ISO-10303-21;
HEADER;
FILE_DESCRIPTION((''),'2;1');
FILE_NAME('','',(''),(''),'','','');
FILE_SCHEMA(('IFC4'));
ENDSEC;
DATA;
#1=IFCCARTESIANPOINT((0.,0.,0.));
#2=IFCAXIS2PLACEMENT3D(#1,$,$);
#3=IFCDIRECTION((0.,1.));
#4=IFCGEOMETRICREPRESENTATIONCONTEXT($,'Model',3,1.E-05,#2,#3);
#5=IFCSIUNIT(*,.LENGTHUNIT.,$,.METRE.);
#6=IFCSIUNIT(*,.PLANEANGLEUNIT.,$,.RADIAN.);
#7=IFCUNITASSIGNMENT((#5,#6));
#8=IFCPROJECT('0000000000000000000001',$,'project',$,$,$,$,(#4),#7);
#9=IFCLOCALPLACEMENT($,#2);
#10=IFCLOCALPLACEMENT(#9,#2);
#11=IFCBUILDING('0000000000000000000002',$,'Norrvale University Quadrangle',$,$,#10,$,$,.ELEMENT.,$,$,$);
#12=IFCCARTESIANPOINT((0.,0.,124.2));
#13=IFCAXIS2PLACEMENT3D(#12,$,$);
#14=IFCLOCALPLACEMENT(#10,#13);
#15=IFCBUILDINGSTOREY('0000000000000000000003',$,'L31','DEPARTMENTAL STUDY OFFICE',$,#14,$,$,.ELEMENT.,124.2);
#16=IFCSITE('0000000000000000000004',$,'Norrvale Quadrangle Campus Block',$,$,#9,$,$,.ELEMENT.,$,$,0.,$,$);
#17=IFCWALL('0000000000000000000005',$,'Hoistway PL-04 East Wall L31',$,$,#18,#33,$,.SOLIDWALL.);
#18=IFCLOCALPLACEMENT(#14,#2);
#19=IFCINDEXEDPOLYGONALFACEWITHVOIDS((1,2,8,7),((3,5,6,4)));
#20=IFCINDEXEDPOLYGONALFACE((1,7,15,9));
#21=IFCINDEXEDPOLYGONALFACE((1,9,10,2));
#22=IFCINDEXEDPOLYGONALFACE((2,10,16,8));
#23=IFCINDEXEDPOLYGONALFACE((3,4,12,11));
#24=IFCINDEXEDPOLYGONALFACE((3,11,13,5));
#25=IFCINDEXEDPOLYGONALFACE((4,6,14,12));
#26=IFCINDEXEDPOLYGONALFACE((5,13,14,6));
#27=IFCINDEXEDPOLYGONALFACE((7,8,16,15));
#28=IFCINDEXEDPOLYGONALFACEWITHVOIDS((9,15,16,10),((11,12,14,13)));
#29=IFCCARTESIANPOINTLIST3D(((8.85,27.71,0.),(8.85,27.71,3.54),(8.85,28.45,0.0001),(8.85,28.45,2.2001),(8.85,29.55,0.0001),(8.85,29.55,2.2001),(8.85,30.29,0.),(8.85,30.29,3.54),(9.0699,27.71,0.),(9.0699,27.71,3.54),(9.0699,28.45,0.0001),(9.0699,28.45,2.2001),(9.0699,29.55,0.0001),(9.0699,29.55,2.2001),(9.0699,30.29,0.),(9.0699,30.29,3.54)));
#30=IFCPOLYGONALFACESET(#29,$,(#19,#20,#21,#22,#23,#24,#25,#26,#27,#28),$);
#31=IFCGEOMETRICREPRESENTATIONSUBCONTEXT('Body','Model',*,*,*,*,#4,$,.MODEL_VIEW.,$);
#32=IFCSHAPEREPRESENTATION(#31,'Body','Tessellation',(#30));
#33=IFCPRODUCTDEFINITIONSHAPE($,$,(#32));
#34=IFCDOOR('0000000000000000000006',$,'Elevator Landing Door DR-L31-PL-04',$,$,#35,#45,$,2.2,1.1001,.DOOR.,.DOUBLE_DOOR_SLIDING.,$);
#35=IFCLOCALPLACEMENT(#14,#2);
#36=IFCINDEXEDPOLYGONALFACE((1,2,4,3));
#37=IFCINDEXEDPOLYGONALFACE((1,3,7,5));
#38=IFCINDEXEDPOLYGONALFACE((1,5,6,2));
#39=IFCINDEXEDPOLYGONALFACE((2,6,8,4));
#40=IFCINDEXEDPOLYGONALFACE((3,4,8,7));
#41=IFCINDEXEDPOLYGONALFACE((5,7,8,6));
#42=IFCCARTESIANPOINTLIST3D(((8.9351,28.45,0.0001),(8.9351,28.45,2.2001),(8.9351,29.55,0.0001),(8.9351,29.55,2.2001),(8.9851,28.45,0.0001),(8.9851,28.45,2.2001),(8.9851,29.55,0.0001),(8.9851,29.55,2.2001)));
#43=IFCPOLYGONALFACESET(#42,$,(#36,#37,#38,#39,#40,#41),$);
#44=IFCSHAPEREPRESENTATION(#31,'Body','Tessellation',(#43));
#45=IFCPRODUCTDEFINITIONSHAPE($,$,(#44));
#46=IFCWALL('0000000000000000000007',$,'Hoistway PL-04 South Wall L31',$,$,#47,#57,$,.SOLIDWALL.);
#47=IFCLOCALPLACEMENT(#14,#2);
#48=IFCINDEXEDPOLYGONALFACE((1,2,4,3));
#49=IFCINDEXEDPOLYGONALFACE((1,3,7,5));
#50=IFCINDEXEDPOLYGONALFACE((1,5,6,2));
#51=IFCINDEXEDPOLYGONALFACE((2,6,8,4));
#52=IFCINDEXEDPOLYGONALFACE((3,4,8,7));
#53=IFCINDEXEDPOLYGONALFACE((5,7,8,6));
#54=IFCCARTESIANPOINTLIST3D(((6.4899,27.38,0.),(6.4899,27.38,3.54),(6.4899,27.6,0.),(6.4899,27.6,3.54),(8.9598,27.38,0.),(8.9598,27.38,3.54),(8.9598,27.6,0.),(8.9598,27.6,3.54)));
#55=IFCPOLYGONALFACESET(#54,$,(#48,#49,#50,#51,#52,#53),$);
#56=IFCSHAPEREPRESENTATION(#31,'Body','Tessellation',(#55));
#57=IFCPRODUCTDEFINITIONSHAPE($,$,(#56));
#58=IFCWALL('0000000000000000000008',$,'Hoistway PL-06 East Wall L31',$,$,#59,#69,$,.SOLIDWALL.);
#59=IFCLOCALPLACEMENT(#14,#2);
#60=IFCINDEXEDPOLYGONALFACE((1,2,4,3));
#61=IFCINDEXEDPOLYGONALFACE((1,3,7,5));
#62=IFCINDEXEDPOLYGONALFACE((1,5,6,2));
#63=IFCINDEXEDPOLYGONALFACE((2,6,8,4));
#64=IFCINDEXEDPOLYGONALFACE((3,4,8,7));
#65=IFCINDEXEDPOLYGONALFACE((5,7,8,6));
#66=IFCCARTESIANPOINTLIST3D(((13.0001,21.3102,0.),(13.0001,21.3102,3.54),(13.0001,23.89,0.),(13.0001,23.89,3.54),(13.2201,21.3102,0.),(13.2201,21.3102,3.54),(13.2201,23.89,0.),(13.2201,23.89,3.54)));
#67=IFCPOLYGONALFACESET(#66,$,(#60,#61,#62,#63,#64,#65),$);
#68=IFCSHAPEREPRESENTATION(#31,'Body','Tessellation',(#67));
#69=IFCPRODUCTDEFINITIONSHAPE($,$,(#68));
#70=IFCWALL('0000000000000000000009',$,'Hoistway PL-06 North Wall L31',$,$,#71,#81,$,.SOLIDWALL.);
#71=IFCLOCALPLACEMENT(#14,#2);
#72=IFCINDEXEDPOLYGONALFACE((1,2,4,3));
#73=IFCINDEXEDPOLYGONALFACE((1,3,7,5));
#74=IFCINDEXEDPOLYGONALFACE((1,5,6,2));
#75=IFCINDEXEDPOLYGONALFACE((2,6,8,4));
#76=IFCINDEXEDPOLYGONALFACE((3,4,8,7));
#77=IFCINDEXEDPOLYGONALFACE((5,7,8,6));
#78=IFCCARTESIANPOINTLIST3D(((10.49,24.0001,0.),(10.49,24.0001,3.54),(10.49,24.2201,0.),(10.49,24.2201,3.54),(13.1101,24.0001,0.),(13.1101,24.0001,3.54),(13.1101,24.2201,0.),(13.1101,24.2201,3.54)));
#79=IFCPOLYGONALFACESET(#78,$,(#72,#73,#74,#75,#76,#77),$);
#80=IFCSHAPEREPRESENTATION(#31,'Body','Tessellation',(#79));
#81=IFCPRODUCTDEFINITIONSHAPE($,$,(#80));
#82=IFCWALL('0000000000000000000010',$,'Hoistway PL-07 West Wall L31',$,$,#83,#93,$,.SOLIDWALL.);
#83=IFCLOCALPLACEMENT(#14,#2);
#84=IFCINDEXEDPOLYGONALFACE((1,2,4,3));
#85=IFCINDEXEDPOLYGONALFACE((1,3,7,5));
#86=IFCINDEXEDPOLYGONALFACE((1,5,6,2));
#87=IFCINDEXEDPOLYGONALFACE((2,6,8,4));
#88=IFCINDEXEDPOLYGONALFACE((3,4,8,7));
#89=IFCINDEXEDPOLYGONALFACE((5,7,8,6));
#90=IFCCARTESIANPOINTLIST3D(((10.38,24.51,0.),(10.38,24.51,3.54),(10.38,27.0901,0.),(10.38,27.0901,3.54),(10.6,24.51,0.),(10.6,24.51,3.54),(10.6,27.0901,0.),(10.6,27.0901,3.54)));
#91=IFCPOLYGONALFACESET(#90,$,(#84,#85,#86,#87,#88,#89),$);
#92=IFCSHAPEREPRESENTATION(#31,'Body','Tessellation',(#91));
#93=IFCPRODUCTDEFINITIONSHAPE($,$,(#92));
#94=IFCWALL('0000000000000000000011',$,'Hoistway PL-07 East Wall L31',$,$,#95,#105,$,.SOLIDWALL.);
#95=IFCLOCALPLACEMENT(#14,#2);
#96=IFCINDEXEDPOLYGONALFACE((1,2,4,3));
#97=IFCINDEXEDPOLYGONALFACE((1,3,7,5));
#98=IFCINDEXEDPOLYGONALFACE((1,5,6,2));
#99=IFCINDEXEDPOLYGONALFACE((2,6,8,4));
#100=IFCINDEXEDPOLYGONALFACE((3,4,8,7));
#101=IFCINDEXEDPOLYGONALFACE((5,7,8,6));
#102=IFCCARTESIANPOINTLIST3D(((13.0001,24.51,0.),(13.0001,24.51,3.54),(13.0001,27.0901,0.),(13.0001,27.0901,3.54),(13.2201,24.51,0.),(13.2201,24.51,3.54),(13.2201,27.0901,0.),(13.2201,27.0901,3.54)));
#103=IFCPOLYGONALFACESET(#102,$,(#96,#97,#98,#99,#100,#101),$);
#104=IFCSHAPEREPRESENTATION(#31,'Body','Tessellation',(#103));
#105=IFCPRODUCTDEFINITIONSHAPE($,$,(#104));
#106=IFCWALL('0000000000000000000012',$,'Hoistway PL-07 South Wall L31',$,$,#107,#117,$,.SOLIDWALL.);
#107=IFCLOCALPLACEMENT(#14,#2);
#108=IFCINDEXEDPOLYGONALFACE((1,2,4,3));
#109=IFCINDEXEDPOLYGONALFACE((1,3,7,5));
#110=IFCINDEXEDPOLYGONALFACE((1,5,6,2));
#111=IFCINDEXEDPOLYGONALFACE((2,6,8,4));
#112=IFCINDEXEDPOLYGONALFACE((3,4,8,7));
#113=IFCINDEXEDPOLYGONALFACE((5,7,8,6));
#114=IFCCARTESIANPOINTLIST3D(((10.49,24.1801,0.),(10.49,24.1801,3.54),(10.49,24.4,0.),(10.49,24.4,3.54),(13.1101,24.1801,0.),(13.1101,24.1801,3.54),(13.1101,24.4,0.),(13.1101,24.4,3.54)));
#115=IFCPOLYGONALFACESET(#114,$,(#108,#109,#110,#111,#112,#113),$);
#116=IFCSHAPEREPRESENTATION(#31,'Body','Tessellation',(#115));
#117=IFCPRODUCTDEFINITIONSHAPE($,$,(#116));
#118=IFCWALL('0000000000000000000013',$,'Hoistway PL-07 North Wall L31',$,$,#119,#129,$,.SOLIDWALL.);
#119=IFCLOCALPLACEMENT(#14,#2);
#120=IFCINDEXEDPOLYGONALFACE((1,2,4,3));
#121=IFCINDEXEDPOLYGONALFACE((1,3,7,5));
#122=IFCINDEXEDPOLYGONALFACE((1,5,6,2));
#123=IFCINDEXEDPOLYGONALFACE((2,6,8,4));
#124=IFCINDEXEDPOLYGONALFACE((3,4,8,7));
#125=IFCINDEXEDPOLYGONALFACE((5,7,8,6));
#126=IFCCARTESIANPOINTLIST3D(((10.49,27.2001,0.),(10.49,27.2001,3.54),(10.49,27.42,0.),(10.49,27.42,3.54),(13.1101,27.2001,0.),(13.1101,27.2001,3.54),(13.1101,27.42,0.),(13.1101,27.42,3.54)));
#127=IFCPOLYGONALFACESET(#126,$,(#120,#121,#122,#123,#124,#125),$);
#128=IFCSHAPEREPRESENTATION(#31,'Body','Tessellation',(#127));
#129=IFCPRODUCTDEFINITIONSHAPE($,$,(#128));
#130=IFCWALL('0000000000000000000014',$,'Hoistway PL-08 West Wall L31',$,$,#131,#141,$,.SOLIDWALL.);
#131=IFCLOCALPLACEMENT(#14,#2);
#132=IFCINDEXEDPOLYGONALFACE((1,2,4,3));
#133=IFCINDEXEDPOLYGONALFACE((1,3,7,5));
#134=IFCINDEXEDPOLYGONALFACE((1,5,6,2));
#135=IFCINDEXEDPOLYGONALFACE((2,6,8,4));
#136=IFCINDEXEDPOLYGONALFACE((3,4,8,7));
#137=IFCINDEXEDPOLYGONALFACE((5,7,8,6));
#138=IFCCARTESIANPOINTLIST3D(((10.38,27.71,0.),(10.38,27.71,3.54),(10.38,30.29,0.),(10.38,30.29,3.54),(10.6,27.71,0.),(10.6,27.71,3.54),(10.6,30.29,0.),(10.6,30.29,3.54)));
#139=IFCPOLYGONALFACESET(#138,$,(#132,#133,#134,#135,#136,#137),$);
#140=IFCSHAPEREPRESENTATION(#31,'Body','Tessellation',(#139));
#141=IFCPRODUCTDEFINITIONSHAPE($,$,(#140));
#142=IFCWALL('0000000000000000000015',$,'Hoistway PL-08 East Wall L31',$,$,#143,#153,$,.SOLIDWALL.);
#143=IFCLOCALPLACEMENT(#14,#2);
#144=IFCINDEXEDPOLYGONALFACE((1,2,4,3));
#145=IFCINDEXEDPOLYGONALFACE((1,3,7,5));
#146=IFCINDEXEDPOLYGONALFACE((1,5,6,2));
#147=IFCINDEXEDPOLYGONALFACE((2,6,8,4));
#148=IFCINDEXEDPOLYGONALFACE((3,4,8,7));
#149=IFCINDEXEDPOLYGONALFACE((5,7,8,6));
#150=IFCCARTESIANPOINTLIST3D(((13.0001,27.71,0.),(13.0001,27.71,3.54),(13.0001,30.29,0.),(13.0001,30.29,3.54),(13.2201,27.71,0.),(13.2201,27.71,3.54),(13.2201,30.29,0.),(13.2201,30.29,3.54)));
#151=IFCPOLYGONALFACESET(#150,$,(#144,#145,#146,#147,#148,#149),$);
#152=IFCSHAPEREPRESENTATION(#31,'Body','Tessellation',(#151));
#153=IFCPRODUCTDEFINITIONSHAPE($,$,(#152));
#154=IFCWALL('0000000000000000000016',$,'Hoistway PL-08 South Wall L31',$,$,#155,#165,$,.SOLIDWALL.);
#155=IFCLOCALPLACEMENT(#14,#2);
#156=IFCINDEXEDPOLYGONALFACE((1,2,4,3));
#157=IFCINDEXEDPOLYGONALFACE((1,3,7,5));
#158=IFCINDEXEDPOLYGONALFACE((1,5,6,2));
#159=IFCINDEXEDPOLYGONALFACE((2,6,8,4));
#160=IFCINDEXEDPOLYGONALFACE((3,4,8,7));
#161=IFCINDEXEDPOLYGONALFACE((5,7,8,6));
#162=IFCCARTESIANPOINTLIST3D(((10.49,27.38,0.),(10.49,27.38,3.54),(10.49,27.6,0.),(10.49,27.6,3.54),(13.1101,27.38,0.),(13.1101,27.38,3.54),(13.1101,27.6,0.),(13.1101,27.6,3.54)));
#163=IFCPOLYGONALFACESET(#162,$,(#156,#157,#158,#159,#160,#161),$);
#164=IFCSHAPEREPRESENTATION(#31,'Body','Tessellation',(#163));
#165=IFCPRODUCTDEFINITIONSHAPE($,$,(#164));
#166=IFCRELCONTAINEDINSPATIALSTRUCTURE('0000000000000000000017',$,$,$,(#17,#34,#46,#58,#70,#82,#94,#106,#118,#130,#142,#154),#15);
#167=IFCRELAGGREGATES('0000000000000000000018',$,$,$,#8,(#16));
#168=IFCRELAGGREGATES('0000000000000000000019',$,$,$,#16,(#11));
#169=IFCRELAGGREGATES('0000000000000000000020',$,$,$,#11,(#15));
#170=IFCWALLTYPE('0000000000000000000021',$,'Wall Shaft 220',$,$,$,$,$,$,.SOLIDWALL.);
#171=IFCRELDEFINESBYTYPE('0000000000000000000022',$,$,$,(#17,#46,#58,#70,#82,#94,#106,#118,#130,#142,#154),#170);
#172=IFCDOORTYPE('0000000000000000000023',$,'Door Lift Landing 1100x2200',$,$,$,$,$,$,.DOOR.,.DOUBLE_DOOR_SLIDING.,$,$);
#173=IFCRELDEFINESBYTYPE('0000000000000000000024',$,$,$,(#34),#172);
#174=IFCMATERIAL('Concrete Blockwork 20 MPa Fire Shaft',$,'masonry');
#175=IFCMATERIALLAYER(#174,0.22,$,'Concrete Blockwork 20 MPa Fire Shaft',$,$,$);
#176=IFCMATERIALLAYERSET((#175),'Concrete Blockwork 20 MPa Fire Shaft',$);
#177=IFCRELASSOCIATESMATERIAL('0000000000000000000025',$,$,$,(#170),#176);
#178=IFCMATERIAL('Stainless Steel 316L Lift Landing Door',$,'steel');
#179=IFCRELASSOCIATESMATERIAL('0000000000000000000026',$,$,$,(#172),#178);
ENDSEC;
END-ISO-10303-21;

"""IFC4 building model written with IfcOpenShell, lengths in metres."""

from ifc_helpers import new_model, si_unit, direction, frame, frame_2d, origin, place, context, subcontext, project, spatial, rectangle, extrude, material, layer, layer_set, type_object, element, fill, save


model = new_model("IFC4")

# Units and contexts
model_context = context("Model", 3, precision=1e-05, world=origin(), true_north=direction((0.0, 1.0)))
body_context = subcontext(model_context, "Body", "Model", "MODEL_VIEW")
ifc_project = project(units=[si_unit("LENGTHUNIT", "METRE"), si_unit("PLANEANGLEUNIT", "RADIAN")], contexts=[model_context])

# Site, building, storey
site_placement = place(None, origin())
site = spatial("IfcSite", under=ifc_project, at=site_placement, Name="Norrvale Quadrangle Campus Block", CompositionType="ELEMENT", RefElevation=0.0)
building_placement = place(site_placement, origin())
building = spatial("IfcBuilding", under=site, at=building_placement, Name="Norrvale University Quadrangle", CompositionType="ELEMENT")
storey_placement = place(building_placement, frame((0.0, 0.0, 124.2)))
storey = spatial("IfcBuildingStorey", under=building, at=storey_placement, Name="L31", Description="DEPARTMENTAL STUDY OFFICE", CompositionType="ELEMENT", Elevation=124.2)

# Shared definitions
ifc_material_1 = material(Name="Concrete Blockwork 20 MPa Fire Shaft", Category="masonry")
ifc_layer_1 = layer(ifc_material_1, 0.22, Name="Concrete Blockwork 20 MPa Fire Shaft")
ifc_layer_set_1 = layer_set([ifc_layer_1], Name="Concrete Blockwork 20 MPa Fire Shaft")
wall_type_1 = type_object("IfcWallType", Name="Wall Shaft 220", PredefinedType="SOLIDWALL", material=ifc_layer_set_1)

# Shared definitions
ifc_material_2 = material(Name="Stainless Steel 316L Lift Landing Door", Category="steel")
door_type_1 = type_object("IfcDoorType", Name="Door Lift Landing 1100x2200", OperationType="DOUBLE_DOOR_SLIDING", PredefinedType="DOOR", material=ifc_material_2)

# Wall, opening, door
wall_1_placement = place(storey_placement, frame((8.96, 27.71, 0.0), z_axis=(0.0, 0.0, 1.0), x_axis=(0.0, 1.0, 0.0)))
wall_1 = element("IfcWall", 1, at=wall_1_placement, inside=storey, type_object=wall_type_1, Name="Hoistway PL-04 East Wall L31", PredefinedType="SOLIDWALL", context=body_context, shape_type="SweptSolid", body=[
    extrude(rectangle(XDim=2.5801, YDim=0.22, at=frame_2d((1.29, 0.0))), origin(), (0.0, 0.0, 1.0), 3.54),
])
opening_1_placement = place(wall_1_placement, frame((0.74, 0.0, 0.0)))
opening_1 = element("IfcOpeningElement", 2, at=opening_1_placement, cuts=wall_1, PredefinedType="OPENING", context=body_context, shape_type="SweptSolid", body=[
    extrude(rectangle(XDim=1.1001, YDim=2.2, at=frame_2d((0.55, 1.1001))), frame((0.0, 0.1221, 0.0), z_axis=(0.0, -1.0, 0.0), x_axis=(1.0, 0.0, 0.0)), (0.0, 0.0, 1.0), 0.2439),
])
door_1_placement = place(opening_1_placement, origin())
door_1 = element("IfcDoor", 3, at=door_1_placement, inside=storey, type_object=door_type_1, Name="Elevator Landing Door DR-L31-PL-04", OperationType="DOUBLE_DOOR_SLIDING", OverallHeight=2.2, OverallWidth=1.1001, PredefinedType="DOOR", context=body_context, shape_type="SweptSolid", body=[
    extrude(rectangle(XDim=1.1001, YDim=2.2, at=frame_2d((0.55, 1.1001))), frame((0.0, 0.0249, 0.0), z_axis=(0.0, -1.0, 0.0), x_axis=(1.0, 0.0, 0.0)), (0.0, 0.0, 1.0), 0.05),
])
fill(opening_1, door_1)

# Walls
wall_2_placement = place(storey_placement, frame((6.49, 27.49, 0.0), z_axis=(0.0, 0.0, 1.0), x_axis=(1.0, 0.0, 0.0)))
element("IfcWall", 4, at=wall_2_placement, inside=storey, type_object=wall_type_1, Name="Hoistway PL-04 South Wall L31", PredefinedType="SOLIDWALL", context=body_context, shape_type="SweptSolid", body=[
    extrude(rectangle(XDim=2.47, YDim=0.22, at=frame_2d((1.2349, 0.0))), origin(), (0.0, 0.0, 1.0), 3.54),
])
wall_3_placement = place(storey_placement, frame((13.1101, 21.3101, 0.0), z_axis=(0.0, 0.0, 1.0), x_axis=(0.0, 1.0, 0.0)))
element("IfcWall", 5, at=wall_3_placement, inside=storey, type_object=wall_type_1, Name="Hoistway PL-06 East Wall L31", PredefinedType="SOLIDWALL", context=body_context, shape_type="SweptSolid", body=[
    extrude(rectangle(XDim=2.5798, YDim=0.22, at=frame_2d((1.29, 0.0))), origin(), (0.0, 0.0, 1.0), 3.54),
])
wall_4_placement = place(storey_placement, frame((10.49, 24.1101, 0.0), z_axis=(0.0, 0.0, 1.0), x_axis=(1.0, 0.0, 0.0)))
element("IfcWall", 6, at=wall_4_placement, inside=storey, type_object=wall_type_1, Name="Hoistway PL-06 North Wall L31", PredefinedType="SOLIDWALL", context=body_context, shape_type="SweptSolid", body=[
    extrude(rectangle(XDim=2.6201, YDim=0.22, at=frame_2d((1.3101, 0.0))), origin(), (0.0, 0.0, 1.0), 3.54),
])
for number, where, z_axis, x_axis, name in (
    (7, (10.49, 24.51, 0.0), (0.0, 0.0, 1.0), (0.0, 1.0, 0.0), "Hoistway PL-07 West Wall L31"),
    (8, (13.1101, 24.51, 0.0), (0.0, 0.0, 1.0), (0.0, 1.0, 0.0), "Hoistway PL-07 East Wall L31"),
):
    element("IfcWall", number, at=place(storey_placement, frame(where, z_axis=z_axis, x_axis=x_axis)), inside=storey, type_object=wall_type_1, Name=name, PredefinedType="SOLIDWALL", context=body_context, shape_type="SweptSolid", body=[
        extrude(rectangle(XDim=2.5801, YDim=0.22, at=frame_2d((1.29, 0.0))), origin(), (0.0, 0.0, 1.0), 3.54),
    ])
for number, where, z_axis, x_axis, name in (
    (9, (10.49, 24.29, 0.0), (0.0, 0.0, 1.0), (1.0, 0.0, 0.0), "Hoistway PL-07 South Wall L31"),
    (10, (10.49, 27.3101, 0.0), (0.0, 0.0, 1.0), (1.0, 0.0, 0.0), "Hoistway PL-07 North Wall L31"),
):
    element("IfcWall", number, at=place(storey_placement, frame(where, z_axis=z_axis, x_axis=x_axis)), inside=storey, type_object=wall_type_1, Name=name, PredefinedType="SOLIDWALL", context=body_context, shape_type="SweptSolid", body=[
        extrude(rectangle(XDim=2.6201, YDim=0.22, at=frame_2d((1.3101, 0.0))), origin(), (0.0, 0.0, 1.0), 3.54),
    ])
for number, where, z_axis, x_axis, name in (
    (11, (10.49, 27.71, 0.0), (0.0, 0.0, 1.0), (0.0, 1.0, 0.0), "Hoistway PL-08 West Wall L31"),
    (12, (13.1101, 27.71, 0.0), (0.0, 0.0, 1.0), (0.0, 1.0, 0.0), "Hoistway PL-08 East Wall L31"),
):
    element("IfcWall", number, at=place(storey_placement, frame(where, z_axis=z_axis, x_axis=x_axis)), inside=storey, type_object=wall_type_1, Name=name, PredefinedType="SOLIDWALL", context=body_context, shape_type="SweptSolid", body=[
        extrude(rectangle(XDim=2.5801, YDim=0.22, at=frame_2d((1.29, 0.0))), origin(), (0.0, 0.0, 1.0), 3.54),
    ])
wall_5_placement = place(storey_placement, frame((10.49, 27.49, 0.0), z_axis=(0.0, 0.0, 1.0), x_axis=(1.0, 0.0, 0.0)))
element("IfcWall", 13, at=wall_5_placement, inside=storey, type_object=wall_type_1, Name="Hoistway PL-08 South Wall L31", PredefinedType="SOLIDWALL", context=body_context, shape_type="SweptSolid", body=[
    extrude(rectangle(XDim=2.6201, YDim=0.22, at=frame_2d((1.3101, 0.0))), origin(), (0.0, 0.0, 1.0), 3.54),
])

save(model, "model.ifc")
